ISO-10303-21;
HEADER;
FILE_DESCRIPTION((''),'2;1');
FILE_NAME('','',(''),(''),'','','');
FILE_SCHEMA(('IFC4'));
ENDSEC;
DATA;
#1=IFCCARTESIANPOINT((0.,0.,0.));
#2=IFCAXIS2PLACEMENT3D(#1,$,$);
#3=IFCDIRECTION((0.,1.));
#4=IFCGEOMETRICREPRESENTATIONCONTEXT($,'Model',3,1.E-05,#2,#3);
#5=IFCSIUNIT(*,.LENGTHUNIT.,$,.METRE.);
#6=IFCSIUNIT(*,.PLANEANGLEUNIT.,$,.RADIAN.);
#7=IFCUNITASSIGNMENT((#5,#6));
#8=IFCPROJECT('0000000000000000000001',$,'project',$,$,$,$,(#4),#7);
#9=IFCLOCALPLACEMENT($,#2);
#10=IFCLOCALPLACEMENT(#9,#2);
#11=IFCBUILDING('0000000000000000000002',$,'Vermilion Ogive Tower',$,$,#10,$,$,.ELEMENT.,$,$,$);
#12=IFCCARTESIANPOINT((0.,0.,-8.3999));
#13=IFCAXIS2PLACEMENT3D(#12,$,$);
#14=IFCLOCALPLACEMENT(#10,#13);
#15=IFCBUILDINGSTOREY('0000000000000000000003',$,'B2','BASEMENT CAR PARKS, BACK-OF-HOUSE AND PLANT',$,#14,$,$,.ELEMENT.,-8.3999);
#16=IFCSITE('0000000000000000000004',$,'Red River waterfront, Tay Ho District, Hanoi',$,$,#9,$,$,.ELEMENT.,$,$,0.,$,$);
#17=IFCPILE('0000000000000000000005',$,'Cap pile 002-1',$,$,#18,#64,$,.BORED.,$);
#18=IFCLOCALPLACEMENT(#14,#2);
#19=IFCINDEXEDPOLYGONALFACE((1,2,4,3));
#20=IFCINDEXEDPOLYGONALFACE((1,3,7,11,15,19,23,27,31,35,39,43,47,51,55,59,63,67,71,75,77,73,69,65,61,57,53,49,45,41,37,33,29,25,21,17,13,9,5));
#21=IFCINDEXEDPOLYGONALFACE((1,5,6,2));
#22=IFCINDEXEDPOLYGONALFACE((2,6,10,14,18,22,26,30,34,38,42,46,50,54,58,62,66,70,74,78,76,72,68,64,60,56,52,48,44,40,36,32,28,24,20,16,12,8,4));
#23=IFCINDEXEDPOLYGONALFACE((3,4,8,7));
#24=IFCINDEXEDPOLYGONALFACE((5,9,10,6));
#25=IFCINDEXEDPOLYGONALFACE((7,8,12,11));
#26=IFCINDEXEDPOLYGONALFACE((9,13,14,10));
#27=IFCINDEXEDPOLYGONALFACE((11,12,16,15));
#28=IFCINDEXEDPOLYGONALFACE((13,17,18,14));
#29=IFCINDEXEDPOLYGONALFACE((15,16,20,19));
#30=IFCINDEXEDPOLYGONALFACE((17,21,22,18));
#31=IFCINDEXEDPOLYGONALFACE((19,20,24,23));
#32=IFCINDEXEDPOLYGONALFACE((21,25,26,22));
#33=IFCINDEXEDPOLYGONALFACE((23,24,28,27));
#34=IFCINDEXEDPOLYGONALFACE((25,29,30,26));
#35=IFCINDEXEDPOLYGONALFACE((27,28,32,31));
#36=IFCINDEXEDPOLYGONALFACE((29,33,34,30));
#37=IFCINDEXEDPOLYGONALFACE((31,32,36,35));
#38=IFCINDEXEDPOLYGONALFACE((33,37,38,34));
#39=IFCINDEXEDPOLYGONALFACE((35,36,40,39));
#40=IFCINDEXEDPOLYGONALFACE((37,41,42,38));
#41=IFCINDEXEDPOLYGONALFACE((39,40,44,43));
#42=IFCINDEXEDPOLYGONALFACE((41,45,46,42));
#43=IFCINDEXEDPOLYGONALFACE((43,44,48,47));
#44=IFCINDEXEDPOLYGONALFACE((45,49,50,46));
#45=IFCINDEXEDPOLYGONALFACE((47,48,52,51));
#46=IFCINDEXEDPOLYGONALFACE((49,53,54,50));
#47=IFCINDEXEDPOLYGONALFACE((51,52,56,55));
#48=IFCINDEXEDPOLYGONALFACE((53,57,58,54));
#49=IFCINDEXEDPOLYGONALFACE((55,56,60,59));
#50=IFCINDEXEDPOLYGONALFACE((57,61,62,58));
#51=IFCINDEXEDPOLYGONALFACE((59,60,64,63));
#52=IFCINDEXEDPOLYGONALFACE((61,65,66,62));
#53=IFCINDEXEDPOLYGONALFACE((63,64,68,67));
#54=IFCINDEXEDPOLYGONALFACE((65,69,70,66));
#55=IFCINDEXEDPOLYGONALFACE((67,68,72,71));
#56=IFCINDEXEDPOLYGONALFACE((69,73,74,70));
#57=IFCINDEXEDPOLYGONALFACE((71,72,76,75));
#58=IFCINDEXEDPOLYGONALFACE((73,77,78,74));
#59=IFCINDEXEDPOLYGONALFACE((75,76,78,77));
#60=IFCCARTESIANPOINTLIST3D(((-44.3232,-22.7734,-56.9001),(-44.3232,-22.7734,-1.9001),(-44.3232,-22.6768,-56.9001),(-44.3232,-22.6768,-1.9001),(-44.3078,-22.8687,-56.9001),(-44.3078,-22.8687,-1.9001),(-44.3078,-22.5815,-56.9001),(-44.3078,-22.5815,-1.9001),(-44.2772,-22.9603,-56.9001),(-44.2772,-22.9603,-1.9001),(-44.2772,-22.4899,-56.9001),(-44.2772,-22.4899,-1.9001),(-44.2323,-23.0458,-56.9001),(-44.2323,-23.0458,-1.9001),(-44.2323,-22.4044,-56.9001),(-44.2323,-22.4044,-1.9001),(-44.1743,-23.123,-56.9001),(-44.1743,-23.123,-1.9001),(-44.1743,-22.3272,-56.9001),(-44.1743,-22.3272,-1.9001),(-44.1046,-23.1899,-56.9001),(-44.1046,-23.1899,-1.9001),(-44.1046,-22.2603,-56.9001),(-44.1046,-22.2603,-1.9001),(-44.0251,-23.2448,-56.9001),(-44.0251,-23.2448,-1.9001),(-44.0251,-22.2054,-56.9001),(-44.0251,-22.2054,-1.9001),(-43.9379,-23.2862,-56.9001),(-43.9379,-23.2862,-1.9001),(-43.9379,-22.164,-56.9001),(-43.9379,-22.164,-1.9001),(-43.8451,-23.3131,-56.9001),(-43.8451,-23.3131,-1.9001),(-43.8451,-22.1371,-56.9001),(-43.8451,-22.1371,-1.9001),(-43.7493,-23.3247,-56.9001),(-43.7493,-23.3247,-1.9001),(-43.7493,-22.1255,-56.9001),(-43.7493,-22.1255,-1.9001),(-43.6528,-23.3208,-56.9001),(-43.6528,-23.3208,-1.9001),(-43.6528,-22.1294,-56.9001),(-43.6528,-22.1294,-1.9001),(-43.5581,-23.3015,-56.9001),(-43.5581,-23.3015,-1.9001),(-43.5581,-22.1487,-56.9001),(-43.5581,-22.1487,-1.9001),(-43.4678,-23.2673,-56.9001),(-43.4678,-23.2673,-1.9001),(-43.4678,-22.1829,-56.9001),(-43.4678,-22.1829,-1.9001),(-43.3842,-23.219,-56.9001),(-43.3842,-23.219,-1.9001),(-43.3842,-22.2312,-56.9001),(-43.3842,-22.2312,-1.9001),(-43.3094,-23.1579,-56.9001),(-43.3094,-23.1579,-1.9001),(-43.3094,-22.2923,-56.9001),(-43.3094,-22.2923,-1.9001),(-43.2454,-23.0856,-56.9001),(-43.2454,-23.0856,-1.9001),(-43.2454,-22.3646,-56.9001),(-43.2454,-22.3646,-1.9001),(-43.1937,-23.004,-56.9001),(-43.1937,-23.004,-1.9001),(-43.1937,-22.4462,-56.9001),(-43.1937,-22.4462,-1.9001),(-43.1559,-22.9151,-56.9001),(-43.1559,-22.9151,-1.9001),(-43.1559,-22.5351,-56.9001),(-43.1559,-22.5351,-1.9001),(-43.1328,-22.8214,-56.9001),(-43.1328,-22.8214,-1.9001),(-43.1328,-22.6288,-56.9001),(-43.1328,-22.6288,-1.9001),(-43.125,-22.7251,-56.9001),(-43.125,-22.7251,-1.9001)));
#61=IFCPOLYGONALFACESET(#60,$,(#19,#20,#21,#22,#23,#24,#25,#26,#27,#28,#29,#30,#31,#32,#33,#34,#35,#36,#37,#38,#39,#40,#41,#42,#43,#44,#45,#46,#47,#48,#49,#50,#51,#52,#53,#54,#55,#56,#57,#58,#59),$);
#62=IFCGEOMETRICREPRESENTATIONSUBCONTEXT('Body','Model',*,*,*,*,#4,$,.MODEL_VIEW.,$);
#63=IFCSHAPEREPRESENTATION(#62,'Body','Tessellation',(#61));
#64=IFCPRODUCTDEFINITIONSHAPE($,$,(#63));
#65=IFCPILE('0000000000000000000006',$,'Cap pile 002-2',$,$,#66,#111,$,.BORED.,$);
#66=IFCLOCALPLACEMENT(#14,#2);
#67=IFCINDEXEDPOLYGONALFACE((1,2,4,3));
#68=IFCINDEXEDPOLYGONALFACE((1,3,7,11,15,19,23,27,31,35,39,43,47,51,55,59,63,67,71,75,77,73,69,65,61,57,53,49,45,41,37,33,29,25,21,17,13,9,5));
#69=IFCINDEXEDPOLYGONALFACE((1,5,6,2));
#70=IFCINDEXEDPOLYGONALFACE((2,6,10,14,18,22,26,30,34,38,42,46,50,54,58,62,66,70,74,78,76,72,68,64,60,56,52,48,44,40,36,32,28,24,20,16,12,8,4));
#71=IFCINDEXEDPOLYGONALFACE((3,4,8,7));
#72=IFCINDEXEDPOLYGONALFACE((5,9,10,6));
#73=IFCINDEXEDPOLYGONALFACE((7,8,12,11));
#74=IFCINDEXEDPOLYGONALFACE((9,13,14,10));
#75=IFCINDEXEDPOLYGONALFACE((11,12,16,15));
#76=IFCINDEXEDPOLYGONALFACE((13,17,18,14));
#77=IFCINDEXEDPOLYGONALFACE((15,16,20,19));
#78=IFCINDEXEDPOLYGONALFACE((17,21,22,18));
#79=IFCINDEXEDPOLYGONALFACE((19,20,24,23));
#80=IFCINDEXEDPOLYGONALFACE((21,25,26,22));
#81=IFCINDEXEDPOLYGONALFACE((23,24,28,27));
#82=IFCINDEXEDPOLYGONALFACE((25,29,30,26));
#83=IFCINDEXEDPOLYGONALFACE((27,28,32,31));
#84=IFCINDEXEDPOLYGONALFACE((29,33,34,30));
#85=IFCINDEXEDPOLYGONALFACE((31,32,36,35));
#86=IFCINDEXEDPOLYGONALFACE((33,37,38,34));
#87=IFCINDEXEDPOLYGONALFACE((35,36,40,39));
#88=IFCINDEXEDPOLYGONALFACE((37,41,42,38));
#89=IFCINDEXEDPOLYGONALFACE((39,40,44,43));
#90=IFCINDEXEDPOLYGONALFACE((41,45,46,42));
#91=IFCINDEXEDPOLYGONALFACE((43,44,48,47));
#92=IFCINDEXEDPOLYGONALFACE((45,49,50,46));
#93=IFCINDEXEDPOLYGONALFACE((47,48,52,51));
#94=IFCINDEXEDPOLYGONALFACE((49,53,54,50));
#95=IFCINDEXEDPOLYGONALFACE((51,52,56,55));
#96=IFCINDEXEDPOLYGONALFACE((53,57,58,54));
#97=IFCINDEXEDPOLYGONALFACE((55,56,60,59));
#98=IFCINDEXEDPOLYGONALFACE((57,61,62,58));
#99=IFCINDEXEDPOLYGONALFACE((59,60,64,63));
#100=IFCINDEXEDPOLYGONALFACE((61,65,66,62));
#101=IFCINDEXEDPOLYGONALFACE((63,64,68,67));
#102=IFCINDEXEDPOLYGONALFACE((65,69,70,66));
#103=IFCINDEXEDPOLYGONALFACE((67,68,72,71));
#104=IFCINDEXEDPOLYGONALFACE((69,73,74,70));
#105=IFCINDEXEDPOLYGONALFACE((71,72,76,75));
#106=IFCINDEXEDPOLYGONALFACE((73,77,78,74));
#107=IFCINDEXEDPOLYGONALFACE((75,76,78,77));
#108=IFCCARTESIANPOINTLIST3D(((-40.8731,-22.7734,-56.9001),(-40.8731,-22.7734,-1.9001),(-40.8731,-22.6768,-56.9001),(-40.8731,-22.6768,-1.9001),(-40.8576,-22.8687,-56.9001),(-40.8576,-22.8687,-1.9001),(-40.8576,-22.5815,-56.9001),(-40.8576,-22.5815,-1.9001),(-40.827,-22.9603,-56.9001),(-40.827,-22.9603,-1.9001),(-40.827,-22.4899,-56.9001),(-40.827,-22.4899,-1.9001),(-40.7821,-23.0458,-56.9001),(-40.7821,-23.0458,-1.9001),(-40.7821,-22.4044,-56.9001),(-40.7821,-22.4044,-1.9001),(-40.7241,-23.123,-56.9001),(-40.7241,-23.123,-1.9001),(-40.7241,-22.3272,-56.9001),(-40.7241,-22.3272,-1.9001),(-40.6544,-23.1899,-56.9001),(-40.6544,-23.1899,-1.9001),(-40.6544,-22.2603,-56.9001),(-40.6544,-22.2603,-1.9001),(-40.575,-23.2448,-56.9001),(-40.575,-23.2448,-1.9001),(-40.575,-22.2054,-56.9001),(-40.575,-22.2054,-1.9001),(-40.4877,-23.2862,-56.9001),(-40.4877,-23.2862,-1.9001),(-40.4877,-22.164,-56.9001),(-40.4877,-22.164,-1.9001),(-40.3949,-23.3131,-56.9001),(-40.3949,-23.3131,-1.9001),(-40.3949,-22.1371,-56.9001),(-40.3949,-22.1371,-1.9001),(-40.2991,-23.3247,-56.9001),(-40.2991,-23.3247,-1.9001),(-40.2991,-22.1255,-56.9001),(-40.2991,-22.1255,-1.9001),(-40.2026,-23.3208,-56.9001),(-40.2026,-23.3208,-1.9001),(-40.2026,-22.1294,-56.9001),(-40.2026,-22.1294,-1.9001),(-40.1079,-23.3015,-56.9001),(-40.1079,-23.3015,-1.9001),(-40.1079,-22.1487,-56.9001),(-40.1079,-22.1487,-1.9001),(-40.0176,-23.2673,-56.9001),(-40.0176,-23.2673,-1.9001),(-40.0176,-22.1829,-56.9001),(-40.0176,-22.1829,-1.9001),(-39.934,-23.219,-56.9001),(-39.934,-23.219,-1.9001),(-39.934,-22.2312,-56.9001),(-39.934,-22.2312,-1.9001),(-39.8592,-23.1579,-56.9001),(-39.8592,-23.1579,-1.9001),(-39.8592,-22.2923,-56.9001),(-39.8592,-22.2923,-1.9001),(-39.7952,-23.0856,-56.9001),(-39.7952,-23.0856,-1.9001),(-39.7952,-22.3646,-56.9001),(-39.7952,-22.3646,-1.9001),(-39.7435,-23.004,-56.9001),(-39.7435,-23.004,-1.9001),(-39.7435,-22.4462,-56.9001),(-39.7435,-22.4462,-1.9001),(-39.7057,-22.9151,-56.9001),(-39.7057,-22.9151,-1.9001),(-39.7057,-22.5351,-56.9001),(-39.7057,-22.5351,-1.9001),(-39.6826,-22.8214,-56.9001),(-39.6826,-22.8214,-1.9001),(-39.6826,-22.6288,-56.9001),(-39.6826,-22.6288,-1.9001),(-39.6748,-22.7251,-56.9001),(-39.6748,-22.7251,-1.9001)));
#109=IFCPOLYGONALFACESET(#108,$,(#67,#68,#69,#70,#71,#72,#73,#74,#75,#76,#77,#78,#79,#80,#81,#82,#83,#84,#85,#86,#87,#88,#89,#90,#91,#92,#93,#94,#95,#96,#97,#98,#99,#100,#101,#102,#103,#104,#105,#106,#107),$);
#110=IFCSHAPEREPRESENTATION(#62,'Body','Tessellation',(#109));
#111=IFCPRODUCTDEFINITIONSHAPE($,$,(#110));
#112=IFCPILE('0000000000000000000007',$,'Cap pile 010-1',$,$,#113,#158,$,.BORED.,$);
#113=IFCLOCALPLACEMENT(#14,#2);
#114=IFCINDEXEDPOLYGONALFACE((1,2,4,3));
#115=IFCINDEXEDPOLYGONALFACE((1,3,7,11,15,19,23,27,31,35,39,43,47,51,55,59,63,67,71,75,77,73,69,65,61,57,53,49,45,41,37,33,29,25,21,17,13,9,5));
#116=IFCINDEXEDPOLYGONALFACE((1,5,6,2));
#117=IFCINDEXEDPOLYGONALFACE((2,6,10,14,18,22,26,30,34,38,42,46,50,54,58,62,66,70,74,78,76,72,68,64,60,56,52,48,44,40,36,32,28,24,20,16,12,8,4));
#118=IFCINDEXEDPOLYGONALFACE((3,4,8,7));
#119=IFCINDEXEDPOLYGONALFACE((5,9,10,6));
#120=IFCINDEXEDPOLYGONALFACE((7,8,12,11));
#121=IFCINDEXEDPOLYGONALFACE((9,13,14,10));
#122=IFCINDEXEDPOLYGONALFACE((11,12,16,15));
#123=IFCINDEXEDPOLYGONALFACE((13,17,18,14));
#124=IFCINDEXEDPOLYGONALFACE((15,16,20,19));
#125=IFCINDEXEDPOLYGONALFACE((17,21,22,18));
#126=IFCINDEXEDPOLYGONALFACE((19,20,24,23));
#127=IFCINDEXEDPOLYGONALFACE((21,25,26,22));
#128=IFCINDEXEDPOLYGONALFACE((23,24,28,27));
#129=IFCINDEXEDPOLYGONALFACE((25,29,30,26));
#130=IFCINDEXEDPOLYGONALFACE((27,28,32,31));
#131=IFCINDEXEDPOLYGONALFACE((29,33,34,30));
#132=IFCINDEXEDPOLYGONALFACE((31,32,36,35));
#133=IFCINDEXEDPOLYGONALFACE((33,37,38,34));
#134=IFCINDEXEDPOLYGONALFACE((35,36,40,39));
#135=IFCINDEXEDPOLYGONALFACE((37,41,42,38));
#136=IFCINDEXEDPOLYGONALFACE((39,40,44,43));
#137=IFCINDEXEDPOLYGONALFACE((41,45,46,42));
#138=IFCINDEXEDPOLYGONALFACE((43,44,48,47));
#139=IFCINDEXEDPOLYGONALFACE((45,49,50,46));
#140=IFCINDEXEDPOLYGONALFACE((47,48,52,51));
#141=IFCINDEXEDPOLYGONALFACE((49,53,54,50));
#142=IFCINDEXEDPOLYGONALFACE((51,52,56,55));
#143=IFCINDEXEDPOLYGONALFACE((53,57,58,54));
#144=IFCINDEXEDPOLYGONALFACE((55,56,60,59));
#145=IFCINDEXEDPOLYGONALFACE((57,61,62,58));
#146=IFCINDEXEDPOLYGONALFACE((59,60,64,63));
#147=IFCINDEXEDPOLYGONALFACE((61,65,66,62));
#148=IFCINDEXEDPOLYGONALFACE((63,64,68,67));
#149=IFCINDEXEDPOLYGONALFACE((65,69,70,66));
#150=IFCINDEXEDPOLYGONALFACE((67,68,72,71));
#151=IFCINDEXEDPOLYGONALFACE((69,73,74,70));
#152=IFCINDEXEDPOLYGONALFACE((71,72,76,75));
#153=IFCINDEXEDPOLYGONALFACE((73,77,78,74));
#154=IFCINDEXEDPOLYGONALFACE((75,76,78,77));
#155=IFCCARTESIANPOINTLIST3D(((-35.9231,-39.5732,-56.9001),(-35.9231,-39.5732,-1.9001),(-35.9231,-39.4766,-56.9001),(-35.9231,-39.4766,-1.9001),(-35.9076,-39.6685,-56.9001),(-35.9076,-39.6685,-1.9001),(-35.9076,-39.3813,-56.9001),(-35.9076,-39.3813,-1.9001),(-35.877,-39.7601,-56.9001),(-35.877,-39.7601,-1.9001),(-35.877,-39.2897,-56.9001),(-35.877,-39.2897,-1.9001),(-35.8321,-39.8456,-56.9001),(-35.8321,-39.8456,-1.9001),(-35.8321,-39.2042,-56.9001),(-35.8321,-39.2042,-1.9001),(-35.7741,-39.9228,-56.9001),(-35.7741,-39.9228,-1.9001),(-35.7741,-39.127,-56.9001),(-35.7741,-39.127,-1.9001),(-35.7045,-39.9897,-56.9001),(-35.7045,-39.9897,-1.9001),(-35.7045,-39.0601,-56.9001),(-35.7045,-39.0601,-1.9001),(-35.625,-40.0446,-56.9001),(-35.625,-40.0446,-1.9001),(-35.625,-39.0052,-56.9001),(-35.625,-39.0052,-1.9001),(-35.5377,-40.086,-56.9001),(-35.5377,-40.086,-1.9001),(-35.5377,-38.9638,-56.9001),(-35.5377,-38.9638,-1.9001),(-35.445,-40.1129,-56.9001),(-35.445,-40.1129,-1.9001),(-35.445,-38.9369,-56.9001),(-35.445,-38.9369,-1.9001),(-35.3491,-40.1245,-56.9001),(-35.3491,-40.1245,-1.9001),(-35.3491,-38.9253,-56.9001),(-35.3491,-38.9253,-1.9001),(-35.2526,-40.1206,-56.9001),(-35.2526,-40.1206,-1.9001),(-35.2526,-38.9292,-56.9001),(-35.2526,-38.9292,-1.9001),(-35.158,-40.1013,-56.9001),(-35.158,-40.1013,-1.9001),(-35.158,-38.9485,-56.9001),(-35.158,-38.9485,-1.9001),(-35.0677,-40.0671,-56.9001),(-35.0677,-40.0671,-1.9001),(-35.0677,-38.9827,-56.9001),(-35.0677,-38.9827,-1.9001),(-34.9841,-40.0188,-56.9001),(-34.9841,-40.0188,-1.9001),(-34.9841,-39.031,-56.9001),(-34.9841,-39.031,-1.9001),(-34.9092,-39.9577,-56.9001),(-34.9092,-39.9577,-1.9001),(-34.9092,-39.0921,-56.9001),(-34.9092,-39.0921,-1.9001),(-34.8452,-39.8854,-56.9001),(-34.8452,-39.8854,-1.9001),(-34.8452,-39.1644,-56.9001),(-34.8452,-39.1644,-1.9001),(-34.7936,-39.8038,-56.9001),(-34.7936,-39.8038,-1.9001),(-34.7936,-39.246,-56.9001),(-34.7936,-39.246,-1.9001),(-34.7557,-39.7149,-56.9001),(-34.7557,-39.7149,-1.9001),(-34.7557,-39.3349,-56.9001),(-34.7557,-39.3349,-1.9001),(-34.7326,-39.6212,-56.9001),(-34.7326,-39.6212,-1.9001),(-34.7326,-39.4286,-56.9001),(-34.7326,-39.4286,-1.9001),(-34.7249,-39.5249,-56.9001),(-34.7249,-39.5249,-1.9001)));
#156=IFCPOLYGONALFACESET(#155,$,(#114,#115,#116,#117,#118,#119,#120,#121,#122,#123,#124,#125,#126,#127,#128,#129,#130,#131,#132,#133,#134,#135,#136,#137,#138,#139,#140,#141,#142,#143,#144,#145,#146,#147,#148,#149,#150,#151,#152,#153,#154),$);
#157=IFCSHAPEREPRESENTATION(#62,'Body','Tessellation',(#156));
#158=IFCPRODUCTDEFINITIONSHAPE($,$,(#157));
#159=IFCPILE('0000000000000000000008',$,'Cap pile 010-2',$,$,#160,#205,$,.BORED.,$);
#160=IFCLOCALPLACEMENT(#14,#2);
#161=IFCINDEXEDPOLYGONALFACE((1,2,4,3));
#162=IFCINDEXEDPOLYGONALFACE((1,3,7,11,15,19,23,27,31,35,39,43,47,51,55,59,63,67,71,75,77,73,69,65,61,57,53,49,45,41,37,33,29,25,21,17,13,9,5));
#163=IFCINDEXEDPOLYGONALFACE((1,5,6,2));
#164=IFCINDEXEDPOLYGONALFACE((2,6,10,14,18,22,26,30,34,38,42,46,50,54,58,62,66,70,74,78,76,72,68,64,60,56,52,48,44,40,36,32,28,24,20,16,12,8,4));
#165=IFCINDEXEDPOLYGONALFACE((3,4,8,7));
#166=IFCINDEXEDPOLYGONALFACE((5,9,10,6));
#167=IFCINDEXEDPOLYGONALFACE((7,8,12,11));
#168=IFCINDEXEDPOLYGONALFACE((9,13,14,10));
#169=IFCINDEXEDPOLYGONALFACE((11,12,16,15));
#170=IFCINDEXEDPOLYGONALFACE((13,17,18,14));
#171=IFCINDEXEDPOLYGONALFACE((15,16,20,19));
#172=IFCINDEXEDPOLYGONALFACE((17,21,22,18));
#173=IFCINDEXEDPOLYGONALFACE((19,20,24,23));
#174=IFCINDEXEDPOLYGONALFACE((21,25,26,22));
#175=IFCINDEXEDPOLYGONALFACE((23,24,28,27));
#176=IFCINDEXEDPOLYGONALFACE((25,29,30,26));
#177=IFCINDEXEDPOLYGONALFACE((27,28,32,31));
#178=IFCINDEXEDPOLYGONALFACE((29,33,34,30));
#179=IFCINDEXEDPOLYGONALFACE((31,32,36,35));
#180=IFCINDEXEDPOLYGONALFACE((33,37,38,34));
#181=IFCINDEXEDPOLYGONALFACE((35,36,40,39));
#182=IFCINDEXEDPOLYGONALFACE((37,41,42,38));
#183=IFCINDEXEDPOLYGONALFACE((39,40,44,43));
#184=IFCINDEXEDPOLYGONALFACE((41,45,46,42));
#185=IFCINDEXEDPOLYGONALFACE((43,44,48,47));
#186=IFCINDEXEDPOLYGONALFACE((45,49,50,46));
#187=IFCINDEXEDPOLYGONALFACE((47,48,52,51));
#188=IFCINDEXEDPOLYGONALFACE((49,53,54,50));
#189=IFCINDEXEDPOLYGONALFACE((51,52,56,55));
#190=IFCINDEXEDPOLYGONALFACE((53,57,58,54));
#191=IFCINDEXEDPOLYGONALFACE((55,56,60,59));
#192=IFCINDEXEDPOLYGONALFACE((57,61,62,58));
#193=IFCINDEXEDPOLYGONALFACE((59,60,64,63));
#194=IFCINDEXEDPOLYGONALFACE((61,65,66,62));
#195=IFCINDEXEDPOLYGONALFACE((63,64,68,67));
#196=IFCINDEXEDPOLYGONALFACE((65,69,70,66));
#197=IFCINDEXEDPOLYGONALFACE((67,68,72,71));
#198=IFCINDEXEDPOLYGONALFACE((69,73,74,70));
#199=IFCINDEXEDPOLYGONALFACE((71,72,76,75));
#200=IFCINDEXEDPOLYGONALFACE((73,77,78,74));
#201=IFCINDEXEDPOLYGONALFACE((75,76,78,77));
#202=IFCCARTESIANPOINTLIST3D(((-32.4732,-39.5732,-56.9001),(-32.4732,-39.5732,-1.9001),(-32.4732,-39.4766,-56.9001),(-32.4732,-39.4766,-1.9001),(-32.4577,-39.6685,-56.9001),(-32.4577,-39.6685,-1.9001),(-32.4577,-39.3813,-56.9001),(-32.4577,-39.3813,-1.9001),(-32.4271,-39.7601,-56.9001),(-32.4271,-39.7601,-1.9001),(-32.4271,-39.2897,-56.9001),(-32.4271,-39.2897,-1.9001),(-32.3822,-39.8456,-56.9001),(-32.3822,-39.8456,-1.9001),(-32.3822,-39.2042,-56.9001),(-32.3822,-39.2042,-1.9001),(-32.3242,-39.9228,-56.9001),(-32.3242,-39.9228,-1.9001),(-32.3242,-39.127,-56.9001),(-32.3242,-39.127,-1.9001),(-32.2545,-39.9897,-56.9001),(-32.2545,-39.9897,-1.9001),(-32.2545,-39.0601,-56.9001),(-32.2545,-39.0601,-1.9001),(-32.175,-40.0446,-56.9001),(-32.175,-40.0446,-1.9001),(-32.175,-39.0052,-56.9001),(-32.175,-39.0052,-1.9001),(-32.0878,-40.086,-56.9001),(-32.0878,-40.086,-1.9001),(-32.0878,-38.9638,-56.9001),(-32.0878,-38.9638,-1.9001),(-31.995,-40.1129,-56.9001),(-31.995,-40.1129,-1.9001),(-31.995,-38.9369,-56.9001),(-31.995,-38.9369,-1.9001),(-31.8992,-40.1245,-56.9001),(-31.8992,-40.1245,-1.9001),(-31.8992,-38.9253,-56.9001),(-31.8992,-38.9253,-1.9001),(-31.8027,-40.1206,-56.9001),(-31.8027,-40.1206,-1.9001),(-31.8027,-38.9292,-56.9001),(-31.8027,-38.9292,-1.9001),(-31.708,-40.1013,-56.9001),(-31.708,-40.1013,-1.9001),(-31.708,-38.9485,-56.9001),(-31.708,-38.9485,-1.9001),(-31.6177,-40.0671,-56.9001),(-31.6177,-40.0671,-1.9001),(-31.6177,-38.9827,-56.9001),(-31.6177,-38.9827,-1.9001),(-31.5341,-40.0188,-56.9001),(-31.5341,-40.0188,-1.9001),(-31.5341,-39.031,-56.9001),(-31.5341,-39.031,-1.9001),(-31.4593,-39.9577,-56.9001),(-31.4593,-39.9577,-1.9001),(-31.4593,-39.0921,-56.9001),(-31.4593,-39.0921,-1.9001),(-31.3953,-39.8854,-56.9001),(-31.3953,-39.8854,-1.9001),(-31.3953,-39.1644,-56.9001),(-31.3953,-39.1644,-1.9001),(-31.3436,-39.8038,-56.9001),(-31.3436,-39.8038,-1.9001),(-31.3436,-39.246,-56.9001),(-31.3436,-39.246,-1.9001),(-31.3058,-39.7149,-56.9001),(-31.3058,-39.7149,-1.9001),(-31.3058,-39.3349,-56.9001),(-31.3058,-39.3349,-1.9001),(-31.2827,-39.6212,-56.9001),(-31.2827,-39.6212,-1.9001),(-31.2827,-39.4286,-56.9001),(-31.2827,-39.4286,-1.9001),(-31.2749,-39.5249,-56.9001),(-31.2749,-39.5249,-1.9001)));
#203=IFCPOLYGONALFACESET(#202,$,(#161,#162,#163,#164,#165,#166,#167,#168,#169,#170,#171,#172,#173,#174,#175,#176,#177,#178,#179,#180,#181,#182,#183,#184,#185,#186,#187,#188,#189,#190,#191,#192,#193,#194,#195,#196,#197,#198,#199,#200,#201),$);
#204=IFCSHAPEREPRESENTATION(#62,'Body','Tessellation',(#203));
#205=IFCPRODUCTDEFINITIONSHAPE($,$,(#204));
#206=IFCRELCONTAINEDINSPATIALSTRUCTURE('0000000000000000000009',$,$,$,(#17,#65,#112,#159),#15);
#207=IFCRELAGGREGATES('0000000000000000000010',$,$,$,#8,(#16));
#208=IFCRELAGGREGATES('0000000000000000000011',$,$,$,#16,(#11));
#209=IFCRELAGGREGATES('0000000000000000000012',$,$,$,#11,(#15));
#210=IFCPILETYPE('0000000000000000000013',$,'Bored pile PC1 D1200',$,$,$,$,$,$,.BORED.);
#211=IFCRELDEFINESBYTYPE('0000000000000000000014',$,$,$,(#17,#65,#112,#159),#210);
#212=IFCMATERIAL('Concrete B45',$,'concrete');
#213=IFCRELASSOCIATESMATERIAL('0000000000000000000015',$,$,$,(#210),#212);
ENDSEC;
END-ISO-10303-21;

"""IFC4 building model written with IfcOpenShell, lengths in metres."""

from ifc_helpers import new_model, si_unit, direction, frame, origin, origin_2d, place, context, subcontext, project, spatial, circle, extrude, material, type_object, element, save


model = new_model("IFC4")

# Units and contexts
model_context = context("Model", 3, precision=1e-05, world=origin(), true_north=direction((0.0, 1.0)))
body_context = subcontext(model_context, "Body", "Model", "MODEL_VIEW")
ifc_project = project(units=[si_unit("LENGTHUNIT", "METRE"), si_unit("PLANEANGLEUNIT", "RADIAN")], contexts=[model_context])

# Site, building, storey
site_placement = place(None, origin())
site = spatial("IfcSite", under=ifc_project, at=site_placement, Name="Red River waterfront, Tay Ho District, Hanoi", CompositionType="ELEMENT", RefElevation=0.0)
building_placement = place(site_placement, origin())
building = spatial("IfcBuilding", under=site, at=building_placement, Name="Vermilion Ogive Tower", CompositionType="ELEMENT")
storey_placement = place(building_placement, frame((0.0, 0.0, -8.3999)))
storey = spatial("IfcBuildingStorey", under=building, at=storey_placement, Name="B2", Description="BASEMENT CAR PARKS, BACK-OF-HOUSE AND PLANT", CompositionType="ELEMENT", Elevation=-8.3999)

# Piles
ifc_material_1 = material(Name="Concrete B45", Category="concrete")
pile_type_1 = type_object("IfcPileType", Name="Bored pile PC1 D1200", PredefinedType="BORED", material=ifc_material_1)
for number, where, z_axis, x_axis, name in (
    (1, (-43.7251, -22.7251, -1.9001), (0.0, 0.0, -1.0), (1.0, 0.0, 0.0), "Cap pile 002-1"),
    (2, (-40.2749, -22.7251, -1.9001), (0.0, 0.0, -1.0), (1.0, 0.0, 0.0), "Cap pile 002-2"),
    (3, (-35.325, -39.5249, -1.9001), (0.0, 0.0, -1.0), (1.0, 0.0, 0.0), "Cap pile 010-1"),
    (4, (-31.875, -39.5249, -1.9001), (0.0, 0.0, -1.0), (1.0, 0.0, 0.0), "Cap pile 010-2"),
):
    element("IfcPile", number, at=place(storey_placement, frame(where, z_axis=z_axis, x_axis=x_axis)), inside=storey, type_object=pile_type_1, Name=name, PredefinedType="BORED", context=body_context, shape_type="SweptSolid", body=[
        extrude(circle(Radius=0.6001, at=origin_2d()), origin(), (0.0, 0.0, 1.0), 55.0),
    ])

save(model, "model.ifc")
